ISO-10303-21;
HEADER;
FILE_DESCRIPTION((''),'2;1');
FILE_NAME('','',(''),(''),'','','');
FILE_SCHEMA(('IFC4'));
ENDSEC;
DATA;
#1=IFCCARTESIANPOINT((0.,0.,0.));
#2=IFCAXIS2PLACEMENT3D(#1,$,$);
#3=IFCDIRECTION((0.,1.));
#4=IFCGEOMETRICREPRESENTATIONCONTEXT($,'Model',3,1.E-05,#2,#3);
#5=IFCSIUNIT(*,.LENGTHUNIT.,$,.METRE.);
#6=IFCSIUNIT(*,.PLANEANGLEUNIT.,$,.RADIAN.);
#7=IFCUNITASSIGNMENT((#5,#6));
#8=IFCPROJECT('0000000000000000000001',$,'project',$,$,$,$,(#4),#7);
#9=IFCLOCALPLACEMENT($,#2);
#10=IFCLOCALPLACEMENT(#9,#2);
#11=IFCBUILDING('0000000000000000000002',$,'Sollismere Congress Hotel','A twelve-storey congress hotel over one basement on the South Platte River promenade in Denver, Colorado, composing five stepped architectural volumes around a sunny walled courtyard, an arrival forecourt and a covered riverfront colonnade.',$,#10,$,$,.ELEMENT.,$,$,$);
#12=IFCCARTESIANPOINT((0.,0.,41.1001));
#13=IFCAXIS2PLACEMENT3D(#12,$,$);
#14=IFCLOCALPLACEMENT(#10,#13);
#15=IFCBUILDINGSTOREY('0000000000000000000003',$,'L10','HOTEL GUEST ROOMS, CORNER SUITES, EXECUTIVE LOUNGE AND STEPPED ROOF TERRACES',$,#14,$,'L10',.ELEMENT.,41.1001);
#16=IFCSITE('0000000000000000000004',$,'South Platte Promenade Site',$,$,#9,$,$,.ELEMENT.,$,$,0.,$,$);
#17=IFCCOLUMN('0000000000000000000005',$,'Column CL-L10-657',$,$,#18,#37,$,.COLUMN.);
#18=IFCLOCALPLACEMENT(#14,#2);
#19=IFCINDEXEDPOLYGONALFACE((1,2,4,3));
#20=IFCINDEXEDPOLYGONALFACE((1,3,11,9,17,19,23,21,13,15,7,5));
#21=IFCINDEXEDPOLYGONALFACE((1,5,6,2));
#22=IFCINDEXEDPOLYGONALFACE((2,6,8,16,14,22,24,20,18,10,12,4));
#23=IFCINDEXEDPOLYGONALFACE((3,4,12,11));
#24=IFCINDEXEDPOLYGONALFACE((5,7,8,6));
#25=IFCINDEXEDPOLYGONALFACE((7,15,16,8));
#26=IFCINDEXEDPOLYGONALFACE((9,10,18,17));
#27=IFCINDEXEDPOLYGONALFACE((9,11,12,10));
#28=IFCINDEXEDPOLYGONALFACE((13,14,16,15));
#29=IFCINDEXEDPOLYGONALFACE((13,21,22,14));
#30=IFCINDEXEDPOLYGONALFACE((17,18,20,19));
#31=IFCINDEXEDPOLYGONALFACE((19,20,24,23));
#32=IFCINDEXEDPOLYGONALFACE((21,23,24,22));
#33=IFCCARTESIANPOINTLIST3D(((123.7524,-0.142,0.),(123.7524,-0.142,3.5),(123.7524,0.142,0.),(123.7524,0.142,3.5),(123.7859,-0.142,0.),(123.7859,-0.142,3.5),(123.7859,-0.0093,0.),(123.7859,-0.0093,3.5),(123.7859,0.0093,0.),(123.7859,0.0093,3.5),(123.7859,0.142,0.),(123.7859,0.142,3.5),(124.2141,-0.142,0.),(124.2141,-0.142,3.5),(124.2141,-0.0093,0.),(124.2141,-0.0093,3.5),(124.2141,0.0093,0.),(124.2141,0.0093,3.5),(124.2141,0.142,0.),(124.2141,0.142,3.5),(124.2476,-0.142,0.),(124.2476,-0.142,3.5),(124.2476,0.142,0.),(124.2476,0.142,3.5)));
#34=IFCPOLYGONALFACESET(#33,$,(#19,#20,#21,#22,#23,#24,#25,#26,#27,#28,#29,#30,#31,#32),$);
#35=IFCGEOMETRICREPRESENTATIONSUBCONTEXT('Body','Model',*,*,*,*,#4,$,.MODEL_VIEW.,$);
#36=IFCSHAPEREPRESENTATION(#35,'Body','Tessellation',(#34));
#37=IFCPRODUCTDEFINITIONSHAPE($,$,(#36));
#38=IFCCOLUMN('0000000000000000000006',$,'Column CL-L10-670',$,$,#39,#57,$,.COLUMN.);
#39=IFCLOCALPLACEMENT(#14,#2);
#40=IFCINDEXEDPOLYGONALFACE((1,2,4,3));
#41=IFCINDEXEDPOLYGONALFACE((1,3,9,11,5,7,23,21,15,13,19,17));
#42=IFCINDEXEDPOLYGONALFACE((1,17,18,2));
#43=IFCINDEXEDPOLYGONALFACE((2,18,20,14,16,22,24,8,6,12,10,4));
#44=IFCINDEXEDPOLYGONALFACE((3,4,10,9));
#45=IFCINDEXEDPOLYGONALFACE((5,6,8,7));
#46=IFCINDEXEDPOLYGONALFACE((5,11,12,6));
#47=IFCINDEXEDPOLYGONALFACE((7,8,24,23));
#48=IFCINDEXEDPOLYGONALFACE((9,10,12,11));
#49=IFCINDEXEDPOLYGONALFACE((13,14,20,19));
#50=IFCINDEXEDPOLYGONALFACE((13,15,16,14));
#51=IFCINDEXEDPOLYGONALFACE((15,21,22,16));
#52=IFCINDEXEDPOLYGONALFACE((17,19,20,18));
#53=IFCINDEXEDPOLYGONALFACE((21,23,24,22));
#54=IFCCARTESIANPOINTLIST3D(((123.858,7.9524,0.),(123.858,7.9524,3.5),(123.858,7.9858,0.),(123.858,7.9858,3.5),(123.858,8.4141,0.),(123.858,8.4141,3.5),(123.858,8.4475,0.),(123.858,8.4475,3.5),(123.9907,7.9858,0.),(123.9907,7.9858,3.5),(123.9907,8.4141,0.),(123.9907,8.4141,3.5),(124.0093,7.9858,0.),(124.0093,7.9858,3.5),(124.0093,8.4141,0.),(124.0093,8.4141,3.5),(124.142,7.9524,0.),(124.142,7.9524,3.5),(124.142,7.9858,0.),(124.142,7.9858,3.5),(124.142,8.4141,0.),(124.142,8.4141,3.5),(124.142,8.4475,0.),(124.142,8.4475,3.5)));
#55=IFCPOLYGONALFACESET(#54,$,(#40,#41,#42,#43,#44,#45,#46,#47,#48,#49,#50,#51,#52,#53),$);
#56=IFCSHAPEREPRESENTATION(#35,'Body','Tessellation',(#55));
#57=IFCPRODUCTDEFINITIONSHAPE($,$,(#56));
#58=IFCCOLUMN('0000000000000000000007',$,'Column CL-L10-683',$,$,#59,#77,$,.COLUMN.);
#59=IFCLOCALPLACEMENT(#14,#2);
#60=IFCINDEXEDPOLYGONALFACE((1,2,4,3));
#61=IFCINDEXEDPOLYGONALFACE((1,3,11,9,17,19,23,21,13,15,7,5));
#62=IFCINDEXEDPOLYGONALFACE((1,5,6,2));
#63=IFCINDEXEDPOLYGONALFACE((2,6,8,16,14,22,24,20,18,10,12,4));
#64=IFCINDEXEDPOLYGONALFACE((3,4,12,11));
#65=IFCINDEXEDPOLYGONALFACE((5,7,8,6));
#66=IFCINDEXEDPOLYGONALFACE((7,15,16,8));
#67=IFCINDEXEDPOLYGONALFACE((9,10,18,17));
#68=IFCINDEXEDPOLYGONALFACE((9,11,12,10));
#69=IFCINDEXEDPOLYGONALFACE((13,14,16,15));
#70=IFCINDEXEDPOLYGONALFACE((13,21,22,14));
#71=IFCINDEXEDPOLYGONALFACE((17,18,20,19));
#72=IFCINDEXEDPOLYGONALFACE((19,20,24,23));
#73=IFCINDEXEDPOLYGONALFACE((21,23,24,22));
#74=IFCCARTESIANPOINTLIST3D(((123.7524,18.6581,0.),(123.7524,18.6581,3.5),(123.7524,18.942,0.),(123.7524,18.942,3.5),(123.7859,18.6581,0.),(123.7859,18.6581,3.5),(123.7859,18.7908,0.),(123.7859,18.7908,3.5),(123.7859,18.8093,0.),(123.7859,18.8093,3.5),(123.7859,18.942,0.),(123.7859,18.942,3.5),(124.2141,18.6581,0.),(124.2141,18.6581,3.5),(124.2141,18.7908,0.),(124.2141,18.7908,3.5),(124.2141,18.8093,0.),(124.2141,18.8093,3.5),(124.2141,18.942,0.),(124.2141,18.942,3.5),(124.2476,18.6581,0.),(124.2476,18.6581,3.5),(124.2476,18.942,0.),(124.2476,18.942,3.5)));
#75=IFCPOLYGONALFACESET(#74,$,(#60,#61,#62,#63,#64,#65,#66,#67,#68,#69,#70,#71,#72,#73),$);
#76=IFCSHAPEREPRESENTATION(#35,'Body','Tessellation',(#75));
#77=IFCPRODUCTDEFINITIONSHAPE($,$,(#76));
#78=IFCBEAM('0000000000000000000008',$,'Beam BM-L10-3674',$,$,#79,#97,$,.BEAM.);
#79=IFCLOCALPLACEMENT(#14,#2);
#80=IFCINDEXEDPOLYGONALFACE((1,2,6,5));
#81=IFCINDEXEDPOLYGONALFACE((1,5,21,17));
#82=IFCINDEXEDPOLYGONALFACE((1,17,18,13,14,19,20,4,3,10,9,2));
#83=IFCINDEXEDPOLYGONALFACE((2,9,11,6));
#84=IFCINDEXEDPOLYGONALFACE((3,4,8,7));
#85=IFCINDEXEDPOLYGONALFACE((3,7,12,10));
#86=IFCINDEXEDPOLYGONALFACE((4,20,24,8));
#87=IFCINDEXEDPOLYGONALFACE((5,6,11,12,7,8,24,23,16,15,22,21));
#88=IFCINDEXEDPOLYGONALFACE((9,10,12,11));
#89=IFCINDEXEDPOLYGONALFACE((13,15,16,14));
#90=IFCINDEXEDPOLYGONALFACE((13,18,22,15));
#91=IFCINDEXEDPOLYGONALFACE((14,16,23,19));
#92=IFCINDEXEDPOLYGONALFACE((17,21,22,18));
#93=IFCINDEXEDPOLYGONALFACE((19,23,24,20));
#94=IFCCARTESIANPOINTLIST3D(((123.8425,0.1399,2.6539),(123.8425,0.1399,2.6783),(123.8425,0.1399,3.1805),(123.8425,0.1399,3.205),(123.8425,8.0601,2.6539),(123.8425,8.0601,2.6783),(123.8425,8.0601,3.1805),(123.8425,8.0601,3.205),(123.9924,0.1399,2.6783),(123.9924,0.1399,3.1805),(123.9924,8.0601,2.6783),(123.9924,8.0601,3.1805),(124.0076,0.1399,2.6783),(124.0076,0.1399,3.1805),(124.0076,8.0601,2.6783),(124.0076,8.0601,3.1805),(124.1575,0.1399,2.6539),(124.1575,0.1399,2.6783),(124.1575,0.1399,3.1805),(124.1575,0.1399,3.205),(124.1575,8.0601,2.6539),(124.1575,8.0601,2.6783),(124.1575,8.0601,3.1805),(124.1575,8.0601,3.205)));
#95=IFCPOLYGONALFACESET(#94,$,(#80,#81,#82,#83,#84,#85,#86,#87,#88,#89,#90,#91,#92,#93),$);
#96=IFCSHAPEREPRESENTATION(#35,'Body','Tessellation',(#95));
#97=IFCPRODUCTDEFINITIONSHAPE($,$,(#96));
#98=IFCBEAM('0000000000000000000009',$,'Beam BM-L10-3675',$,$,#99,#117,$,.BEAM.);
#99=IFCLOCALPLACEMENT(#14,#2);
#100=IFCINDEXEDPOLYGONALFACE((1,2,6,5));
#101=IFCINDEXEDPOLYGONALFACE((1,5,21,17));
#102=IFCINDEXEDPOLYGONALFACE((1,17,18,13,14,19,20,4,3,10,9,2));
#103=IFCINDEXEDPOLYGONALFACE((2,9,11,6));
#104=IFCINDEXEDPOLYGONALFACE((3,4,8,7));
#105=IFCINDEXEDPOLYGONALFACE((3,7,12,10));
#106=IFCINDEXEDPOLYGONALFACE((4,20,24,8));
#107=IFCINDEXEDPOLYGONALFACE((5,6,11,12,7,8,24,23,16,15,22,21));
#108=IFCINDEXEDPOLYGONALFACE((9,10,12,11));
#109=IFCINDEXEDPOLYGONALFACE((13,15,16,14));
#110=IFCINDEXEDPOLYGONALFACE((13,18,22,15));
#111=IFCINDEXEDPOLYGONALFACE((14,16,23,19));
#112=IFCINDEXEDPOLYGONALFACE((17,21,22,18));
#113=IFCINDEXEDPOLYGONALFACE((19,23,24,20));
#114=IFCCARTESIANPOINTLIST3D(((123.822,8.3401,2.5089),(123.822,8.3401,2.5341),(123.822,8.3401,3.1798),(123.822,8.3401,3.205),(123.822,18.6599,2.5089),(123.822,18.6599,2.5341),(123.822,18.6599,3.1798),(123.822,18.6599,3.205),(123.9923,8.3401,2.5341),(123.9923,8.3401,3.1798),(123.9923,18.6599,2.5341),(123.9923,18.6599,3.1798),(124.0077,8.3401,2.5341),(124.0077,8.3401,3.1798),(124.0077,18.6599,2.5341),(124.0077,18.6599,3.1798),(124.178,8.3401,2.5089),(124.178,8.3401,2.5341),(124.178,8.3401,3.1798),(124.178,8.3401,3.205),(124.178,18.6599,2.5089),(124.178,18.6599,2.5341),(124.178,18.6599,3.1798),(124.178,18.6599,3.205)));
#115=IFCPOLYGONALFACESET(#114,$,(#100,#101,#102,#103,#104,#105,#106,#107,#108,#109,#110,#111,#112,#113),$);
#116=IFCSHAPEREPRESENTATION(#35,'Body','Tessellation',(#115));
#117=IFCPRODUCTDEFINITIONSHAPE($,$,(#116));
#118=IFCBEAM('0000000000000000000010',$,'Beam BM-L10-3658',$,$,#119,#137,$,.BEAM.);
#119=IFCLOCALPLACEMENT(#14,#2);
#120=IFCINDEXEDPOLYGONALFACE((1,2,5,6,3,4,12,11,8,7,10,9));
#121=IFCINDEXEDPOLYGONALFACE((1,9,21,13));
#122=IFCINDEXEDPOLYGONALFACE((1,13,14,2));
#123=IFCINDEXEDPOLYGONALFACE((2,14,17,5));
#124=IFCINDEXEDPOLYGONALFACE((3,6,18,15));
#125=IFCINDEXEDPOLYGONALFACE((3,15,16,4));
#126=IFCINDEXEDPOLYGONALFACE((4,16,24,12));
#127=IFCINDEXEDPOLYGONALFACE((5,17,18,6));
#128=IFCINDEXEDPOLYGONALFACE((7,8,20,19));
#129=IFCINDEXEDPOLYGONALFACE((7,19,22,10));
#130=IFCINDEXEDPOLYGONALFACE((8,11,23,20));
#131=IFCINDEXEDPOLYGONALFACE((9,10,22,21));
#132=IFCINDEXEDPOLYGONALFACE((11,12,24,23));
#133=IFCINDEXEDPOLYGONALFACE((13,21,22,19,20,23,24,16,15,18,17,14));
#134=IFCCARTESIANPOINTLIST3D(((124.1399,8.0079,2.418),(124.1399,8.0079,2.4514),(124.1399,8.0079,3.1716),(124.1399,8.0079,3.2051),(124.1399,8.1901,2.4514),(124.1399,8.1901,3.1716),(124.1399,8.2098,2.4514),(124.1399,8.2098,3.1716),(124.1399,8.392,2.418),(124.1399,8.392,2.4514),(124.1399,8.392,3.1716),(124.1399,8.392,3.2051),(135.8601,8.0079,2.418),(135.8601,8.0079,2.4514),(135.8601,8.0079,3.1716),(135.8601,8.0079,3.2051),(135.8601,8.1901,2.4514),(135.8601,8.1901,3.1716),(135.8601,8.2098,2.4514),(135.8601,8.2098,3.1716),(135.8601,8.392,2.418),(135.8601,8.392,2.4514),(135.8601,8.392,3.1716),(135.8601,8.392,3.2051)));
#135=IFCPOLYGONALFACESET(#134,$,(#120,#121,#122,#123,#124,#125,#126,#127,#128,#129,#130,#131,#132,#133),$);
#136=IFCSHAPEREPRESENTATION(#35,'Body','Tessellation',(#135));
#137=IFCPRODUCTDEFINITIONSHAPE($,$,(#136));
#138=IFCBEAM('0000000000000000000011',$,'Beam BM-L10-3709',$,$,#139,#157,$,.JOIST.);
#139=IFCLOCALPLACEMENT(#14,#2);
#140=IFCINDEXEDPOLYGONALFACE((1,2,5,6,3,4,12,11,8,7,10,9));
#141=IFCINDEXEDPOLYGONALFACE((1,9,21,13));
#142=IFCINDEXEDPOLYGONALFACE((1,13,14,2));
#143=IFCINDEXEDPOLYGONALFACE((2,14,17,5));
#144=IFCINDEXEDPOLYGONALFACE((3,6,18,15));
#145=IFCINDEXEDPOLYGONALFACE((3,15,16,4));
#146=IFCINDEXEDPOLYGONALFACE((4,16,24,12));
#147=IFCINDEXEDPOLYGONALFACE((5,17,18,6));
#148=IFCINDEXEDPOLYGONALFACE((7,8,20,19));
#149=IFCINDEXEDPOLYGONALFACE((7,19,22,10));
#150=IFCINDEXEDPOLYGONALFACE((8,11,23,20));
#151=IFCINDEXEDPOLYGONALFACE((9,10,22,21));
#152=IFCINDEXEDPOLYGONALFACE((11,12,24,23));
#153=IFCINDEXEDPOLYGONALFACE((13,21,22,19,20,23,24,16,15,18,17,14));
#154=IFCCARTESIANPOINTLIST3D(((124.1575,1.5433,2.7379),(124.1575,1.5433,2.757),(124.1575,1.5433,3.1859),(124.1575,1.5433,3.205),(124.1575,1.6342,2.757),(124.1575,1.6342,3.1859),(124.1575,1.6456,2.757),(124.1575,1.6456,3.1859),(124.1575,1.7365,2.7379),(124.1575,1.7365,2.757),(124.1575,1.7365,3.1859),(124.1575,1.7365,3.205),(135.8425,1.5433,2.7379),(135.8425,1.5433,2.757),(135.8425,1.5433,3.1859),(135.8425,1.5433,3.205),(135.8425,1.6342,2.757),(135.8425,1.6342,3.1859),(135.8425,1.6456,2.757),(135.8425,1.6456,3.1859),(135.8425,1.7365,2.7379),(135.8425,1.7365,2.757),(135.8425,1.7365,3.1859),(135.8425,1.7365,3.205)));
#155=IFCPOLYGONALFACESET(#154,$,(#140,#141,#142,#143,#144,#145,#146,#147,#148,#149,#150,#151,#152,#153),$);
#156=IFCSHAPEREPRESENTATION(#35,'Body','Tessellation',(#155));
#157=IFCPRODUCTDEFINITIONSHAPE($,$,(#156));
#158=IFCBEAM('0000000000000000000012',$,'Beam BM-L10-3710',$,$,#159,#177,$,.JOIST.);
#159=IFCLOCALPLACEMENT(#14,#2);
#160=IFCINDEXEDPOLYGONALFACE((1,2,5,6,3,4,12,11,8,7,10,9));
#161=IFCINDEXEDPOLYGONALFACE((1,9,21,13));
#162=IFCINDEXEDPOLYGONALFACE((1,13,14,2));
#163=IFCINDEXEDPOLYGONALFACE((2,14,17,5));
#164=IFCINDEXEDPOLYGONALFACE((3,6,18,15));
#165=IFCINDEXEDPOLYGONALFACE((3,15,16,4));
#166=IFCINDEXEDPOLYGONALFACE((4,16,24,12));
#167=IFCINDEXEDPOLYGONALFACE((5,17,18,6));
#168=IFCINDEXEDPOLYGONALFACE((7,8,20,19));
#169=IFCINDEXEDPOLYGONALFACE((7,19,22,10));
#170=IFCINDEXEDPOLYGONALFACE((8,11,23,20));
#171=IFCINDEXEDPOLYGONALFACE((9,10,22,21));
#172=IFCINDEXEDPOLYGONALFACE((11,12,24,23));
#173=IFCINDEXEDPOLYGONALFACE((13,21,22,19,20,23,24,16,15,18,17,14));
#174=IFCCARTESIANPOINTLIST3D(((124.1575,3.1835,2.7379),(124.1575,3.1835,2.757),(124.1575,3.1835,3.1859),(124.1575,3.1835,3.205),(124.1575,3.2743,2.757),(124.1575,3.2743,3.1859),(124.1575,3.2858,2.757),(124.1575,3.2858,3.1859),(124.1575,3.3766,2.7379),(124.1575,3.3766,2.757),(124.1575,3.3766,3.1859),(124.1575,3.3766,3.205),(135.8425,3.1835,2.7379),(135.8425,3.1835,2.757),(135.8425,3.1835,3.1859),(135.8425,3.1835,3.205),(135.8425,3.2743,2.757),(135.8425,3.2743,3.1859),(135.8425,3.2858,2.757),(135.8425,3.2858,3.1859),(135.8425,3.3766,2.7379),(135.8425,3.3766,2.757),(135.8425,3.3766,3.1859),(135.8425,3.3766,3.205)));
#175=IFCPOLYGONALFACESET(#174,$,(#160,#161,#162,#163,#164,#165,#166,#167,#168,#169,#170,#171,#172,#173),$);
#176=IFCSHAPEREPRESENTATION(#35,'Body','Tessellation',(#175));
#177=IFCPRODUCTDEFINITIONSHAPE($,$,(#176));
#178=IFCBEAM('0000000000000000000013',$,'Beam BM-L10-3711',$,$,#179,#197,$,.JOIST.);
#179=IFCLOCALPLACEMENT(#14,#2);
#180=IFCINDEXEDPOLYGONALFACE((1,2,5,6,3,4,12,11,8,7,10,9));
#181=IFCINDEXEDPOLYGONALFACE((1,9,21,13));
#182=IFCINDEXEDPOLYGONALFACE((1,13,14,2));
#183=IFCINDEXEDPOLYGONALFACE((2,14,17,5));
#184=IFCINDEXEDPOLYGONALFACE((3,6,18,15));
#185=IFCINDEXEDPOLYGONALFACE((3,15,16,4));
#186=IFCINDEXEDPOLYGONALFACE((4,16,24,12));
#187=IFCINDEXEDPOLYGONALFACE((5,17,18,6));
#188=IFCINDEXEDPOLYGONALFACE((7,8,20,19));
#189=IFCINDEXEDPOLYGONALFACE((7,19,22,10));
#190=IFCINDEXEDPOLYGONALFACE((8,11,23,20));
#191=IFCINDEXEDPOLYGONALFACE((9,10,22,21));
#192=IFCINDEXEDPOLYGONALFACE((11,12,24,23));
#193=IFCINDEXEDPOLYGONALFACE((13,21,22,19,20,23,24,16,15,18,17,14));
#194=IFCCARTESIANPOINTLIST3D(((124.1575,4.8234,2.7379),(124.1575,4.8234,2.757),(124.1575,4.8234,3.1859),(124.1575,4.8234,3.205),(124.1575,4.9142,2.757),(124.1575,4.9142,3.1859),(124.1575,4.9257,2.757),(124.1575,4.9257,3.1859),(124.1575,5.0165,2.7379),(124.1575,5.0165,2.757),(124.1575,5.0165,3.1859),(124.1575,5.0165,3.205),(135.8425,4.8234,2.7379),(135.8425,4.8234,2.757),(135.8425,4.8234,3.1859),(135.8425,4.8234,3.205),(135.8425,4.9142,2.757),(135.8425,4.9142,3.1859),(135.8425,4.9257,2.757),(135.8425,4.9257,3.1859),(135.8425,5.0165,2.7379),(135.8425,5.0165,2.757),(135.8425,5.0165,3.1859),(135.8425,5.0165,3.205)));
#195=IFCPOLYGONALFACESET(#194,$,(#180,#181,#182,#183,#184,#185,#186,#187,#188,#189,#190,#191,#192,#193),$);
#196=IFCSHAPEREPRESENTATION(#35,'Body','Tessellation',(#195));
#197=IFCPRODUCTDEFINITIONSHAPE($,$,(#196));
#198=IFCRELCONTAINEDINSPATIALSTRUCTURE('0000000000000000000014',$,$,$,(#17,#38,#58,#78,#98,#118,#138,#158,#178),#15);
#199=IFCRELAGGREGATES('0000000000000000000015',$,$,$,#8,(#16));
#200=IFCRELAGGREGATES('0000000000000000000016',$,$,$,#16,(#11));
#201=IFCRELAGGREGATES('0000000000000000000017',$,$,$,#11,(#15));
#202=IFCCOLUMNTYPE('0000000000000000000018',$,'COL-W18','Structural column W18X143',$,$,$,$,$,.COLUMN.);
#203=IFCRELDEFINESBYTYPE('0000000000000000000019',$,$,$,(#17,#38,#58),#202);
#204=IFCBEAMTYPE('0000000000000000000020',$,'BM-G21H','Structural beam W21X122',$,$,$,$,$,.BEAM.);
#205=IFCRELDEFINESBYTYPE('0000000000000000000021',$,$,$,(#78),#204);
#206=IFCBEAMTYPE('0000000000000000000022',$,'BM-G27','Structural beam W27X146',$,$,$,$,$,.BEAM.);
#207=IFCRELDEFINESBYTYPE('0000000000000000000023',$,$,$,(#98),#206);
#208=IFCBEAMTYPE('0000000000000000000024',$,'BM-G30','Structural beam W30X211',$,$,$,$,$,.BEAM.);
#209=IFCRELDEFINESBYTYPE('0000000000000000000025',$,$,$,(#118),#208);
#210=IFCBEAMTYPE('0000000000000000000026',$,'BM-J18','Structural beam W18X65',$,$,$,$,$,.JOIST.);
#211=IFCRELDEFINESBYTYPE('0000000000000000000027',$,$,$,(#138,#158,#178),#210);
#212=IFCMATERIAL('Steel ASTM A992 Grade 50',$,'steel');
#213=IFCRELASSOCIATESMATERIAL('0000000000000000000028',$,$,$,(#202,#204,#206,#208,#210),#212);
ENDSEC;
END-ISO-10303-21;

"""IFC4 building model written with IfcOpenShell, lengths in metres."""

from ifc_helpers import new_model, si_unit, direction, frame, origin, origin_2d, place, context, subcontext, project, spatial, i_section, extrude, material, material_profile, profile_set, type_object, element, save


model = new_model("IFC4")

# Units and contexts
model_context = context("Model", 3, precision=1e-05, world=origin(), true_north=direction((0.0, 1.0)))
body_context = subcontext(model_context, "Body", "Model", "MODEL_VIEW")
ifc_project = project(units=[si_unit("LENGTHUNIT", "METRE"), si_unit("PLANEANGLEUNIT", "RADIAN")], contexts=[model_context])

# Site, building, storey
site_placement = place(None, origin())
site = spatial("IfcSite", under=ifc_project, at=site_placement, Name="South Platte Promenade Site", CompositionType="ELEMENT", RefElevation=0.0)
building_placement = place(site_placement, origin())
building = spatial("IfcBuilding", under=site, at=building_placement, Name="Sollismere Congress Hotel", Description="A twelve-storey congress hotel over one basement on the South Platte River promenade in Denver, Colorado, composing five stepped architectural volumes around a sunny walled courtyard, an arrival forecourt and a covered riverfront colonnade.", CompositionType="ELEMENT")
storey_placement = place(building_placement, frame((0.0, 0.0, 41.1001)))
storey = spatial("IfcBuildingStorey", under=building, at=storey_placement, Name="L10", Description="HOTEL GUEST ROOMS, CORNER SUITES, EXECUTIVE LOUNGE AND STEPPED ROOF TERRACES", LongName="L10", CompositionType="ELEMENT", Elevation=41.1001)

# Columns
ifc_material_1 = material(Name="Steel ASTM A992 Grade 50", Category="steel")
ifc_material_profile_1 = material_profile(ifc_material_1, i_section(OverallWidth=0.2839, OverallDepth=0.4951, WebThickness=0.0186, FlangeThickness=0.0334, at=origin_2d()), Name="W18X143")
ifc_profile_set_1 = profile_set([ifc_material_profile_1], Name="Steel ASTM A992 Grade 50")
column_type = type_object("IfcColumnType", Name="COL-W18", Description="Structural column W18X143", PredefinedType="COLUMN", material=ifc_profile_set_1)
for number, where, z_axis, x_axis, name in (
    (1, (124.0, 0.0, 0.0), (0.0, 0.0, 1.0), (0.0, 1.0, 0.0), "Column CL-L10-657"),
    (2, (124.0, 8.2, 0.0), (0.0, 0.0, 1.0), (1.0, 0.0, 0.0), "Column CL-L10-670"),
    (3, (124.0, 18.8, 0.0), (0.0, 0.0, 1.0), (0.0, 1.0, 0.0), "Column CL-L10-683"),
):
    element("IfcColumn", number, at=place(storey_placement, frame(where, z_axis=z_axis, x_axis=x_axis)), inside=storey, type_object=column_type, Name=name, PredefinedType="COLUMN", context=body_context, shape_type="SweptSolid", body=[
        extrude(i_section(OverallWidth=0.2839, OverallDepth=0.4951, WebThickness=0.0186, FlangeThickness=0.0334, at=origin_2d()), origin(), (0.0, 0.0, 1.0), 3.5),
    ])

# Beams
ifc_material_profile_2 = material_profile(ifc_material_1, i_section(OverallWidth=0.3149, OverallDepth=0.551, WebThickness=0.0151, FlangeThickness=0.0244, at=origin_2d()), Name="W21X122")
ifc_profile_set_2 = profile_set([ifc_material_profile_2], Name="Steel ASTM A992 Grade 50")
beam_type_1 = type_object("IfcBeamType", Name="BM-G21H", Description="Structural beam W21X122", PredefinedType="BEAM", material=ifc_profile_set_2)
beam_1_placement = place(storey_placement, frame((124.0, 0.1399, 2.9294), z_axis=(0.0, 1.0, 0.0), x_axis=(-1.0, 0.0, 0.0)))
element("IfcBeam", 4, at=beam_1_placement, inside=storey, type_object=beam_type_1, Name="Beam BM-L10-3674", PredefinedType="BEAM", context=body_context, shape_type="SweptSolid", body=[
    extrude(i_section(OverallWidth=0.3149, OverallDepth=0.551, WebThickness=0.0151, FlangeThickness=0.0244, at=origin_2d()), origin(), (0.0, 0.0, 1.0), 7.9202),
])
ifc_material_profile_3 = material_profile(ifc_material_1, i_section(OverallWidth=0.356, OverallDepth=0.696, WebThickness=0.0154, FlangeThickness=0.0251, at=origin_2d()), Name="W27X146")
ifc_profile_set_3 = profile_set([ifc_material_profile_3], Name="Steel ASTM A992 Grade 50")
beam_type_2 = type_object("IfcBeamType", Name="BM-G27", Description="Structural beam W27X146", PredefinedType="BEAM", material=ifc_profile_set_3)
beam_2_placement = place(storey_placement, frame((124.0, 8.3401, 2.8569), z_axis=(0.0, 1.0, 0.0), x_axis=(-1.0, 0.0, 0.0)))
element("IfcBeam", 5, at=beam_2_placement, inside=storey, type_object=beam_type_2, Name="Beam BM-L10-3675", PredefinedType="BEAM", context=body_context, shape_type="SweptSolid", body=[
    extrude(i_section(OverallWidth=0.356, OverallDepth=0.696, WebThickness=0.0154, FlangeThickness=0.0251, at=origin_2d()), origin(), (0.0, 0.0, 1.0), 10.3198),
])
ifc_material_profile_4 = material_profile(ifc_material_1, i_section(OverallWidth=0.384, OverallDepth=0.7871, WebThickness=0.0198, FlangeThickness=0.0334, at=origin_2d()), Name="W30X211")
ifc_profile_set_4 = profile_set([ifc_material_profile_4], Name="Steel ASTM A992 Grade 50")
beam_type_3 = type_object("IfcBeamType", Name="BM-G30", Description="Structural beam W30X211", PredefinedType="BEAM", material=ifc_profile_set_4)
beam_3_placement = place(storey_placement, frame((124.1399, 8.2, 2.8115), z_axis=(1.0, 0.0, 0.0), x_axis=(0.0, 1.0, 0.0)))
element("IfcBeam", 6, at=beam_3_placement, inside=storey, type_object=beam_type_3, Name="Beam BM-L10-3658", PredefinedType="BEAM", context=body_context, shape_type="SweptSolid", body=[
    extrude(i_section(OverallWidth=0.384, OverallDepth=0.7871, WebThickness=0.0198, FlangeThickness=0.0334, at=origin_2d()), origin(), (0.0, 0.0, 1.0), 11.7202),
])
ifc_material_profile_5 = material_profile(ifc_material_1, i_section(OverallWidth=0.1931, OverallDepth=0.467, WebThickness=0.0115, FlangeThickness=0.019, at=origin_2d()), Name="W18X65")
ifc_profile_set_5 = profile_set([ifc_material_profile_5], Name="Steel ASTM A992 Grade 50")
beam_type_4 = type_object("IfcBeamType", Name="BM-J18", Description="Structural beam W18X65", PredefinedType="JOIST", material=ifc_profile_set_5)
for number, where, z_axis, x_axis, name in (
    (7, (124.1575, 1.6399, 2.9714), (1.0, 0.0, 0.0), (0.0, 1.0, 0.0), "Beam BM-L10-3709"),
    (8, (124.1575, 3.28, 2.9714), (1.0, 0.0, 0.0), (0.0, 1.0, 0.0), "Beam BM-L10-3710"),
    (9, (124.1575, 4.9199, 2.9714), (1.0, 0.0, 0.0), (0.0, 1.0, 0.0), "Beam BM-L10-3711"),
):
    element("IfcBeam", number, at=place(storey_placement, frame(where, z_axis=z_axis, x_axis=x_axis)), inside=storey, type_object=beam_type_4, Name=name, PredefinedType="JOIST", context=body_context, shape_type="SweptSolid", body=[
        extrude(i_section(OverallWidth=0.1931, OverallDepth=0.467, WebThickness=0.0115, FlangeThickness=0.019, at=origin_2d()), origin(), (0.0, 0.0, 1.0), 11.6851),
    ])

save(model, "model.ifc")
